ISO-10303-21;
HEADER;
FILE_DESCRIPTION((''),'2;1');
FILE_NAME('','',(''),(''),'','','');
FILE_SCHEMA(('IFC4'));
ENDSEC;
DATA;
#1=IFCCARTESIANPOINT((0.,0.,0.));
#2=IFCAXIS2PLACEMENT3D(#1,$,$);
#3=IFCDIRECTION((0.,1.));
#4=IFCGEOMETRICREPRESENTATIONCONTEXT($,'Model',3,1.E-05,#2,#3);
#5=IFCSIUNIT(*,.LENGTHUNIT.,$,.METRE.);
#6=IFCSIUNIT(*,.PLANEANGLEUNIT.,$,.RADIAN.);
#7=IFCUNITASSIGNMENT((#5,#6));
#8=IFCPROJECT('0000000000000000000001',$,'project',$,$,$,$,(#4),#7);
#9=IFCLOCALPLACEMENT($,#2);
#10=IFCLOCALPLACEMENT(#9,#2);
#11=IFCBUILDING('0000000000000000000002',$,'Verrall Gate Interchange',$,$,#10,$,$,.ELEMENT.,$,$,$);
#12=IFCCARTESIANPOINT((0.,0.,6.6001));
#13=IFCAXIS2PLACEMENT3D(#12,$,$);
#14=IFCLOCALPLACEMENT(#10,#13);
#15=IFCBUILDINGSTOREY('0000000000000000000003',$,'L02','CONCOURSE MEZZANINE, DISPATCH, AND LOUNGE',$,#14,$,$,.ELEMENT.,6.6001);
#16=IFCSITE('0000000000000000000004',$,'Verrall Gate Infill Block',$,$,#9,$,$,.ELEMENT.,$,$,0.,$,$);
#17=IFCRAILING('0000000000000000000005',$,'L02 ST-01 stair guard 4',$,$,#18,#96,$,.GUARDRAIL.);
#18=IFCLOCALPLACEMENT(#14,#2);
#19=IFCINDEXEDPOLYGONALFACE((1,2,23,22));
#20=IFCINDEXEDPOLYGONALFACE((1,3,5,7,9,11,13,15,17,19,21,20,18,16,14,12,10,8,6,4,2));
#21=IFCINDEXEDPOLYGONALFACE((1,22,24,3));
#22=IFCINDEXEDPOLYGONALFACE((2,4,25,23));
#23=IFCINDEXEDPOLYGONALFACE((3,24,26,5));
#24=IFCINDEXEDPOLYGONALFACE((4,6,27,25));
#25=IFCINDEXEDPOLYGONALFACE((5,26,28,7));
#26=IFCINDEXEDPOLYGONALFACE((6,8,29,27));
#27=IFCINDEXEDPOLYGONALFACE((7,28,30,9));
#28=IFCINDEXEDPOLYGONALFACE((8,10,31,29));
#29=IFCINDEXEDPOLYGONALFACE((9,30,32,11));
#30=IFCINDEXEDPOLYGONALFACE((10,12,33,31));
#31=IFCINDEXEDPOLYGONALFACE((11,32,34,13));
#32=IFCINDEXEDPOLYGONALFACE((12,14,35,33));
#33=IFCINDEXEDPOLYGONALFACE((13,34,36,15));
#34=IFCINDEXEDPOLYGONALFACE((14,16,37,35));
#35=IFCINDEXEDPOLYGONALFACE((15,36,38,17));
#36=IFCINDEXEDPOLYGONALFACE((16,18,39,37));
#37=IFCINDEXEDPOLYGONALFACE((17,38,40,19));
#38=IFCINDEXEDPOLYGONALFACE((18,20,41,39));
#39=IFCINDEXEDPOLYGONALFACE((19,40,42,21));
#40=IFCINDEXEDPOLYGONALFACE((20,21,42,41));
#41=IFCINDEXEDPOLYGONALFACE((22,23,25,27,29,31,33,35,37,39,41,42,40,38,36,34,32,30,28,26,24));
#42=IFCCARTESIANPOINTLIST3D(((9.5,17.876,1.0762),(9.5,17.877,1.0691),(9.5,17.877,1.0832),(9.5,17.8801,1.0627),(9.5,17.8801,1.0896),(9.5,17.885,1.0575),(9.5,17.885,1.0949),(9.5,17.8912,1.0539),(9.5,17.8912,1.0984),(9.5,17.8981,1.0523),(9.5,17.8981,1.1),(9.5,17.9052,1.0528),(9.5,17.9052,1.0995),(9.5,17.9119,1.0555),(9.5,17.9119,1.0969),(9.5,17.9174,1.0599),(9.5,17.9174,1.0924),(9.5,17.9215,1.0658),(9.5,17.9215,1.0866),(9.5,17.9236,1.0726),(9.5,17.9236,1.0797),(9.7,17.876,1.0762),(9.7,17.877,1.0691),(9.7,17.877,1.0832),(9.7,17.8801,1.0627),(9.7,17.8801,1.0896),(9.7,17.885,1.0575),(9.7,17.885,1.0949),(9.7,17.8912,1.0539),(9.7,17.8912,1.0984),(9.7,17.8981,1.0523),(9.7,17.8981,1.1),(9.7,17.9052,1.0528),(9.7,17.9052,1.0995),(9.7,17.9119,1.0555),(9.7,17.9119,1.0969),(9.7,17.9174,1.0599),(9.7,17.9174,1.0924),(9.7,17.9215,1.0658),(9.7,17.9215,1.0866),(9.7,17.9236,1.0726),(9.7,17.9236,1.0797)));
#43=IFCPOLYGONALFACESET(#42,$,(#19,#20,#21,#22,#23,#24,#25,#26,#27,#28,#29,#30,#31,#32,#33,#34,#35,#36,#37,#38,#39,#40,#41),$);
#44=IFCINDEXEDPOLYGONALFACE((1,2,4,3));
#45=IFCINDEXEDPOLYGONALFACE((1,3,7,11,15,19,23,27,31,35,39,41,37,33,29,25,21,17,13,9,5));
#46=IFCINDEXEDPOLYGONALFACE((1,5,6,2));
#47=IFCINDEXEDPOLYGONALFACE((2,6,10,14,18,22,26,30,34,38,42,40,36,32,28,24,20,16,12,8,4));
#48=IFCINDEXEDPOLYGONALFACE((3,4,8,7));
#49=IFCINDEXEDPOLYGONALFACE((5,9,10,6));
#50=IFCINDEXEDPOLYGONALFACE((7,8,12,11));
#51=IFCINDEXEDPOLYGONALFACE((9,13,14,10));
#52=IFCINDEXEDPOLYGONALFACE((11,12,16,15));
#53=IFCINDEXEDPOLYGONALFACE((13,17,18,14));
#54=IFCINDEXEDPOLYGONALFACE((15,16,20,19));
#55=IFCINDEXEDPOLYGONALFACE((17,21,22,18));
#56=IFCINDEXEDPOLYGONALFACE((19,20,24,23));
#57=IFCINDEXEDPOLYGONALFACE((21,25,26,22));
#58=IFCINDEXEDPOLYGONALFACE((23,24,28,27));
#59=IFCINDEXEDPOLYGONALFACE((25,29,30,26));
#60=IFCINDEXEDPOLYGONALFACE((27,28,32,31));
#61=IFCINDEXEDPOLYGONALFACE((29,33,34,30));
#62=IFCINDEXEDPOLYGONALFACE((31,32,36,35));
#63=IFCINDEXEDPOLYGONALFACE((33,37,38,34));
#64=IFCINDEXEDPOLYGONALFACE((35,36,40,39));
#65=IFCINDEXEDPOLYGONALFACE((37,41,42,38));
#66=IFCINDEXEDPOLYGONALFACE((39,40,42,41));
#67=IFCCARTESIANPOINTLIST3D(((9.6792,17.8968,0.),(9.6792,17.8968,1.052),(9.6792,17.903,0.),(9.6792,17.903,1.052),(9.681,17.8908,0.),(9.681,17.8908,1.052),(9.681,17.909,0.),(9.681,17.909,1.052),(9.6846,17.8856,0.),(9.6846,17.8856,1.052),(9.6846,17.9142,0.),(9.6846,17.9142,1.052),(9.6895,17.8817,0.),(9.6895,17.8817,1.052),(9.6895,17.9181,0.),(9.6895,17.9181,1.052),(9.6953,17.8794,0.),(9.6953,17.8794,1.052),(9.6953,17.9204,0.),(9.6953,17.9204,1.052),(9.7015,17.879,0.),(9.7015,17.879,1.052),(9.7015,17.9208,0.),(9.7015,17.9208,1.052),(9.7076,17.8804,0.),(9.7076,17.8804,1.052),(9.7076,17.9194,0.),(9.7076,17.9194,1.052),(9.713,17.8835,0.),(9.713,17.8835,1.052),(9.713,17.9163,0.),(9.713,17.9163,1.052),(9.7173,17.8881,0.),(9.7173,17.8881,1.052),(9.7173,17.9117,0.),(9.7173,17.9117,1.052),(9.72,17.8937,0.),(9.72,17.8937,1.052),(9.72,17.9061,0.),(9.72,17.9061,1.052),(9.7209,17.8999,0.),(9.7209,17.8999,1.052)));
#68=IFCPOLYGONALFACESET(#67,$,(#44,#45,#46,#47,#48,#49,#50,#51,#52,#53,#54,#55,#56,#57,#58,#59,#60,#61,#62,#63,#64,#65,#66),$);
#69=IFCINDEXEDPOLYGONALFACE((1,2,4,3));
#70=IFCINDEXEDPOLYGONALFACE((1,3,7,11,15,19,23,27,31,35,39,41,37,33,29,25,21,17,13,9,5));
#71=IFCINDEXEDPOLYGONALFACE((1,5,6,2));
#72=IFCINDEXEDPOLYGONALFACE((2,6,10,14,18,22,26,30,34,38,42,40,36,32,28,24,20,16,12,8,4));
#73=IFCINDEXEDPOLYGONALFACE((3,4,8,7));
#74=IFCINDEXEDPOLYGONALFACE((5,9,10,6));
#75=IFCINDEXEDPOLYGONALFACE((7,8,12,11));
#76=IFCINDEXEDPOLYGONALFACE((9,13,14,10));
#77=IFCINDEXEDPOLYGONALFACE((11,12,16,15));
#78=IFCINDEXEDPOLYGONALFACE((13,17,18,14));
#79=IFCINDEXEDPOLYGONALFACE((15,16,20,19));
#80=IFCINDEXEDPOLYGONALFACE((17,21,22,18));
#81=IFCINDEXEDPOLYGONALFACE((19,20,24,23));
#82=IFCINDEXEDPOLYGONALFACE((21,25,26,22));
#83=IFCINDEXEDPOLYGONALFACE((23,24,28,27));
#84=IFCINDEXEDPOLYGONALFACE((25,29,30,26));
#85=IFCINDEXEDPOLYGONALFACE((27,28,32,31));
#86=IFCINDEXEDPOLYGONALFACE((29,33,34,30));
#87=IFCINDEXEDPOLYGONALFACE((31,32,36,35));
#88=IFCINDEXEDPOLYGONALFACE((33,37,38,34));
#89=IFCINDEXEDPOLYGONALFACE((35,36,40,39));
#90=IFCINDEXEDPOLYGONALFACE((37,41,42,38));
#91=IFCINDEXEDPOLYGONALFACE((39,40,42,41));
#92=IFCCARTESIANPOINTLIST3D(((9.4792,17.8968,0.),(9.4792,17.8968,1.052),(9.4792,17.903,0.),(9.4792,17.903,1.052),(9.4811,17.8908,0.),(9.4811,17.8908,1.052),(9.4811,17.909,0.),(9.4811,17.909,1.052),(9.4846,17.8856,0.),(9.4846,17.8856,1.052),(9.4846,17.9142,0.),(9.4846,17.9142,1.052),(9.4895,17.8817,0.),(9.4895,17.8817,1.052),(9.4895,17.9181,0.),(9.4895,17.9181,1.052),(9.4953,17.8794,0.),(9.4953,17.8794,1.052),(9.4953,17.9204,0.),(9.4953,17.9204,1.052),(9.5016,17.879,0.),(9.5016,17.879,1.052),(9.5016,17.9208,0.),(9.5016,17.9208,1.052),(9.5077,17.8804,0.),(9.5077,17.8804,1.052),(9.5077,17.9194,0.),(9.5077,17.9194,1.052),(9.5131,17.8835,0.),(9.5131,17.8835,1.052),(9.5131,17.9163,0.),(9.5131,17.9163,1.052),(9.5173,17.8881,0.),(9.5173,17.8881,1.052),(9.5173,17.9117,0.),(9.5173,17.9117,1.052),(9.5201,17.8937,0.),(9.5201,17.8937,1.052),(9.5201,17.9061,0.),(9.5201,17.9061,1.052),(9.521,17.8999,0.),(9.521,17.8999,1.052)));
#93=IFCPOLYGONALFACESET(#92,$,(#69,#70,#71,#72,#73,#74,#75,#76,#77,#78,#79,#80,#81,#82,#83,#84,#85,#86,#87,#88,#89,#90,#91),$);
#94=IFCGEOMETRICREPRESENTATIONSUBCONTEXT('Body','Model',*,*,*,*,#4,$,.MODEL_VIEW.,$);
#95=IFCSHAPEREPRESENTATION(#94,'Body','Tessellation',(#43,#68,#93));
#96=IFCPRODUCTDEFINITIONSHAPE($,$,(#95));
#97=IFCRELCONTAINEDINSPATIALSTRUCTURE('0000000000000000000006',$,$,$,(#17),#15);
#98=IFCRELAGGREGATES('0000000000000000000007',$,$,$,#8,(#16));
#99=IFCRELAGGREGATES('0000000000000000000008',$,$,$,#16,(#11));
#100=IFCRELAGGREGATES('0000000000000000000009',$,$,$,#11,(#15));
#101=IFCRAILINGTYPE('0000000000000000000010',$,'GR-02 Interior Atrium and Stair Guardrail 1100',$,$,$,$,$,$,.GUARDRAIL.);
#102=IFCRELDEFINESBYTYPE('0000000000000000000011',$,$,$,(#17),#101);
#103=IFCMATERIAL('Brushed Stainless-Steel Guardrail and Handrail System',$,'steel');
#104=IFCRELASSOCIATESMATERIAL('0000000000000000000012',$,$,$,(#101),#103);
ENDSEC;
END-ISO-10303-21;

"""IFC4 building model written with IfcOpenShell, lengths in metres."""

from ifc_helpers import new_model, si_unit, direction, frame, origin, origin_2d, place, context, subcontext, project, spatial, circle, extrude, material, type_object, element, save


model = new_model("IFC4")

# Units and contexts
model_context = context("Model", 3, precision=1e-05, world=origin(), true_north=direction((0.0, 1.0)))
body_context = subcontext(model_context, "Body", "Model", "MODEL_VIEW")
ifc_project = project(units=[si_unit("LENGTHUNIT", "METRE"), si_unit("PLANEANGLEUNIT", "RADIAN")], contexts=[model_context])

# Site, building, storey
site_placement = place(None, origin())
site = spatial("IfcSite", under=ifc_project, at=site_placement, Name="Verrall Gate Infill Block", CompositionType="ELEMENT", RefElevation=0.0)
building_placement = place(site_placement, origin())
building = spatial("IfcBuilding", under=site, at=building_placement, Name="Verrall Gate Interchange", CompositionType="ELEMENT")
storey_placement = place(building_placement, frame((0.0, 0.0, 6.6001)))
storey = spatial("IfcBuildingStorey", under=building, at=storey_placement, Name="L02", Description="CONCOURSE MEZZANINE, DISPATCH, AND LOUNGE", CompositionType="ELEMENT", Elevation=6.6001)

# Railing
ifc_material_1 = material(Name="Brushed Stainless-Steel Guardrail and Handrail System", Category="steel")
railing_type_1 = type_object("IfcRailingType", Name="GR-02 Interior Atrium and Stair Guardrail 1100", PredefinedType="GUARDRAIL", material=ifc_material_1)
railing_1_placement = place(storey_placement, frame((9.7, 17.8999, 0.0)))
element("IfcRailing", 1, at=railing_1_placement, inside=storey, type_object=railing_type_1, Name="L02 ST-01 stair guard 4", PredefinedType="GUARDRAIL", context=body_context, shape_type="SweptSolid", body=[
    extrude(circle(Radius=0.0239, at=origin_2d()), frame((0.0, 0.0, 1.0762), z_axis=(-1.0, 0.0, 0.0), x_axis=(0.0, -1.0, 0.0)), (0.0, 0.0, 1.0), 0.2),
    extrude(circle(Radius=0.021, at=origin_2d()), origin(), (0.0, 0.0, 1.0), 1.052),
    extrude(circle(Radius=0.021, at=origin_2d()), frame((-0.2, 0.0, 0.0)), (0.0, 0.0, 1.0), 1.052),
])

save(model, "model.ifc")
